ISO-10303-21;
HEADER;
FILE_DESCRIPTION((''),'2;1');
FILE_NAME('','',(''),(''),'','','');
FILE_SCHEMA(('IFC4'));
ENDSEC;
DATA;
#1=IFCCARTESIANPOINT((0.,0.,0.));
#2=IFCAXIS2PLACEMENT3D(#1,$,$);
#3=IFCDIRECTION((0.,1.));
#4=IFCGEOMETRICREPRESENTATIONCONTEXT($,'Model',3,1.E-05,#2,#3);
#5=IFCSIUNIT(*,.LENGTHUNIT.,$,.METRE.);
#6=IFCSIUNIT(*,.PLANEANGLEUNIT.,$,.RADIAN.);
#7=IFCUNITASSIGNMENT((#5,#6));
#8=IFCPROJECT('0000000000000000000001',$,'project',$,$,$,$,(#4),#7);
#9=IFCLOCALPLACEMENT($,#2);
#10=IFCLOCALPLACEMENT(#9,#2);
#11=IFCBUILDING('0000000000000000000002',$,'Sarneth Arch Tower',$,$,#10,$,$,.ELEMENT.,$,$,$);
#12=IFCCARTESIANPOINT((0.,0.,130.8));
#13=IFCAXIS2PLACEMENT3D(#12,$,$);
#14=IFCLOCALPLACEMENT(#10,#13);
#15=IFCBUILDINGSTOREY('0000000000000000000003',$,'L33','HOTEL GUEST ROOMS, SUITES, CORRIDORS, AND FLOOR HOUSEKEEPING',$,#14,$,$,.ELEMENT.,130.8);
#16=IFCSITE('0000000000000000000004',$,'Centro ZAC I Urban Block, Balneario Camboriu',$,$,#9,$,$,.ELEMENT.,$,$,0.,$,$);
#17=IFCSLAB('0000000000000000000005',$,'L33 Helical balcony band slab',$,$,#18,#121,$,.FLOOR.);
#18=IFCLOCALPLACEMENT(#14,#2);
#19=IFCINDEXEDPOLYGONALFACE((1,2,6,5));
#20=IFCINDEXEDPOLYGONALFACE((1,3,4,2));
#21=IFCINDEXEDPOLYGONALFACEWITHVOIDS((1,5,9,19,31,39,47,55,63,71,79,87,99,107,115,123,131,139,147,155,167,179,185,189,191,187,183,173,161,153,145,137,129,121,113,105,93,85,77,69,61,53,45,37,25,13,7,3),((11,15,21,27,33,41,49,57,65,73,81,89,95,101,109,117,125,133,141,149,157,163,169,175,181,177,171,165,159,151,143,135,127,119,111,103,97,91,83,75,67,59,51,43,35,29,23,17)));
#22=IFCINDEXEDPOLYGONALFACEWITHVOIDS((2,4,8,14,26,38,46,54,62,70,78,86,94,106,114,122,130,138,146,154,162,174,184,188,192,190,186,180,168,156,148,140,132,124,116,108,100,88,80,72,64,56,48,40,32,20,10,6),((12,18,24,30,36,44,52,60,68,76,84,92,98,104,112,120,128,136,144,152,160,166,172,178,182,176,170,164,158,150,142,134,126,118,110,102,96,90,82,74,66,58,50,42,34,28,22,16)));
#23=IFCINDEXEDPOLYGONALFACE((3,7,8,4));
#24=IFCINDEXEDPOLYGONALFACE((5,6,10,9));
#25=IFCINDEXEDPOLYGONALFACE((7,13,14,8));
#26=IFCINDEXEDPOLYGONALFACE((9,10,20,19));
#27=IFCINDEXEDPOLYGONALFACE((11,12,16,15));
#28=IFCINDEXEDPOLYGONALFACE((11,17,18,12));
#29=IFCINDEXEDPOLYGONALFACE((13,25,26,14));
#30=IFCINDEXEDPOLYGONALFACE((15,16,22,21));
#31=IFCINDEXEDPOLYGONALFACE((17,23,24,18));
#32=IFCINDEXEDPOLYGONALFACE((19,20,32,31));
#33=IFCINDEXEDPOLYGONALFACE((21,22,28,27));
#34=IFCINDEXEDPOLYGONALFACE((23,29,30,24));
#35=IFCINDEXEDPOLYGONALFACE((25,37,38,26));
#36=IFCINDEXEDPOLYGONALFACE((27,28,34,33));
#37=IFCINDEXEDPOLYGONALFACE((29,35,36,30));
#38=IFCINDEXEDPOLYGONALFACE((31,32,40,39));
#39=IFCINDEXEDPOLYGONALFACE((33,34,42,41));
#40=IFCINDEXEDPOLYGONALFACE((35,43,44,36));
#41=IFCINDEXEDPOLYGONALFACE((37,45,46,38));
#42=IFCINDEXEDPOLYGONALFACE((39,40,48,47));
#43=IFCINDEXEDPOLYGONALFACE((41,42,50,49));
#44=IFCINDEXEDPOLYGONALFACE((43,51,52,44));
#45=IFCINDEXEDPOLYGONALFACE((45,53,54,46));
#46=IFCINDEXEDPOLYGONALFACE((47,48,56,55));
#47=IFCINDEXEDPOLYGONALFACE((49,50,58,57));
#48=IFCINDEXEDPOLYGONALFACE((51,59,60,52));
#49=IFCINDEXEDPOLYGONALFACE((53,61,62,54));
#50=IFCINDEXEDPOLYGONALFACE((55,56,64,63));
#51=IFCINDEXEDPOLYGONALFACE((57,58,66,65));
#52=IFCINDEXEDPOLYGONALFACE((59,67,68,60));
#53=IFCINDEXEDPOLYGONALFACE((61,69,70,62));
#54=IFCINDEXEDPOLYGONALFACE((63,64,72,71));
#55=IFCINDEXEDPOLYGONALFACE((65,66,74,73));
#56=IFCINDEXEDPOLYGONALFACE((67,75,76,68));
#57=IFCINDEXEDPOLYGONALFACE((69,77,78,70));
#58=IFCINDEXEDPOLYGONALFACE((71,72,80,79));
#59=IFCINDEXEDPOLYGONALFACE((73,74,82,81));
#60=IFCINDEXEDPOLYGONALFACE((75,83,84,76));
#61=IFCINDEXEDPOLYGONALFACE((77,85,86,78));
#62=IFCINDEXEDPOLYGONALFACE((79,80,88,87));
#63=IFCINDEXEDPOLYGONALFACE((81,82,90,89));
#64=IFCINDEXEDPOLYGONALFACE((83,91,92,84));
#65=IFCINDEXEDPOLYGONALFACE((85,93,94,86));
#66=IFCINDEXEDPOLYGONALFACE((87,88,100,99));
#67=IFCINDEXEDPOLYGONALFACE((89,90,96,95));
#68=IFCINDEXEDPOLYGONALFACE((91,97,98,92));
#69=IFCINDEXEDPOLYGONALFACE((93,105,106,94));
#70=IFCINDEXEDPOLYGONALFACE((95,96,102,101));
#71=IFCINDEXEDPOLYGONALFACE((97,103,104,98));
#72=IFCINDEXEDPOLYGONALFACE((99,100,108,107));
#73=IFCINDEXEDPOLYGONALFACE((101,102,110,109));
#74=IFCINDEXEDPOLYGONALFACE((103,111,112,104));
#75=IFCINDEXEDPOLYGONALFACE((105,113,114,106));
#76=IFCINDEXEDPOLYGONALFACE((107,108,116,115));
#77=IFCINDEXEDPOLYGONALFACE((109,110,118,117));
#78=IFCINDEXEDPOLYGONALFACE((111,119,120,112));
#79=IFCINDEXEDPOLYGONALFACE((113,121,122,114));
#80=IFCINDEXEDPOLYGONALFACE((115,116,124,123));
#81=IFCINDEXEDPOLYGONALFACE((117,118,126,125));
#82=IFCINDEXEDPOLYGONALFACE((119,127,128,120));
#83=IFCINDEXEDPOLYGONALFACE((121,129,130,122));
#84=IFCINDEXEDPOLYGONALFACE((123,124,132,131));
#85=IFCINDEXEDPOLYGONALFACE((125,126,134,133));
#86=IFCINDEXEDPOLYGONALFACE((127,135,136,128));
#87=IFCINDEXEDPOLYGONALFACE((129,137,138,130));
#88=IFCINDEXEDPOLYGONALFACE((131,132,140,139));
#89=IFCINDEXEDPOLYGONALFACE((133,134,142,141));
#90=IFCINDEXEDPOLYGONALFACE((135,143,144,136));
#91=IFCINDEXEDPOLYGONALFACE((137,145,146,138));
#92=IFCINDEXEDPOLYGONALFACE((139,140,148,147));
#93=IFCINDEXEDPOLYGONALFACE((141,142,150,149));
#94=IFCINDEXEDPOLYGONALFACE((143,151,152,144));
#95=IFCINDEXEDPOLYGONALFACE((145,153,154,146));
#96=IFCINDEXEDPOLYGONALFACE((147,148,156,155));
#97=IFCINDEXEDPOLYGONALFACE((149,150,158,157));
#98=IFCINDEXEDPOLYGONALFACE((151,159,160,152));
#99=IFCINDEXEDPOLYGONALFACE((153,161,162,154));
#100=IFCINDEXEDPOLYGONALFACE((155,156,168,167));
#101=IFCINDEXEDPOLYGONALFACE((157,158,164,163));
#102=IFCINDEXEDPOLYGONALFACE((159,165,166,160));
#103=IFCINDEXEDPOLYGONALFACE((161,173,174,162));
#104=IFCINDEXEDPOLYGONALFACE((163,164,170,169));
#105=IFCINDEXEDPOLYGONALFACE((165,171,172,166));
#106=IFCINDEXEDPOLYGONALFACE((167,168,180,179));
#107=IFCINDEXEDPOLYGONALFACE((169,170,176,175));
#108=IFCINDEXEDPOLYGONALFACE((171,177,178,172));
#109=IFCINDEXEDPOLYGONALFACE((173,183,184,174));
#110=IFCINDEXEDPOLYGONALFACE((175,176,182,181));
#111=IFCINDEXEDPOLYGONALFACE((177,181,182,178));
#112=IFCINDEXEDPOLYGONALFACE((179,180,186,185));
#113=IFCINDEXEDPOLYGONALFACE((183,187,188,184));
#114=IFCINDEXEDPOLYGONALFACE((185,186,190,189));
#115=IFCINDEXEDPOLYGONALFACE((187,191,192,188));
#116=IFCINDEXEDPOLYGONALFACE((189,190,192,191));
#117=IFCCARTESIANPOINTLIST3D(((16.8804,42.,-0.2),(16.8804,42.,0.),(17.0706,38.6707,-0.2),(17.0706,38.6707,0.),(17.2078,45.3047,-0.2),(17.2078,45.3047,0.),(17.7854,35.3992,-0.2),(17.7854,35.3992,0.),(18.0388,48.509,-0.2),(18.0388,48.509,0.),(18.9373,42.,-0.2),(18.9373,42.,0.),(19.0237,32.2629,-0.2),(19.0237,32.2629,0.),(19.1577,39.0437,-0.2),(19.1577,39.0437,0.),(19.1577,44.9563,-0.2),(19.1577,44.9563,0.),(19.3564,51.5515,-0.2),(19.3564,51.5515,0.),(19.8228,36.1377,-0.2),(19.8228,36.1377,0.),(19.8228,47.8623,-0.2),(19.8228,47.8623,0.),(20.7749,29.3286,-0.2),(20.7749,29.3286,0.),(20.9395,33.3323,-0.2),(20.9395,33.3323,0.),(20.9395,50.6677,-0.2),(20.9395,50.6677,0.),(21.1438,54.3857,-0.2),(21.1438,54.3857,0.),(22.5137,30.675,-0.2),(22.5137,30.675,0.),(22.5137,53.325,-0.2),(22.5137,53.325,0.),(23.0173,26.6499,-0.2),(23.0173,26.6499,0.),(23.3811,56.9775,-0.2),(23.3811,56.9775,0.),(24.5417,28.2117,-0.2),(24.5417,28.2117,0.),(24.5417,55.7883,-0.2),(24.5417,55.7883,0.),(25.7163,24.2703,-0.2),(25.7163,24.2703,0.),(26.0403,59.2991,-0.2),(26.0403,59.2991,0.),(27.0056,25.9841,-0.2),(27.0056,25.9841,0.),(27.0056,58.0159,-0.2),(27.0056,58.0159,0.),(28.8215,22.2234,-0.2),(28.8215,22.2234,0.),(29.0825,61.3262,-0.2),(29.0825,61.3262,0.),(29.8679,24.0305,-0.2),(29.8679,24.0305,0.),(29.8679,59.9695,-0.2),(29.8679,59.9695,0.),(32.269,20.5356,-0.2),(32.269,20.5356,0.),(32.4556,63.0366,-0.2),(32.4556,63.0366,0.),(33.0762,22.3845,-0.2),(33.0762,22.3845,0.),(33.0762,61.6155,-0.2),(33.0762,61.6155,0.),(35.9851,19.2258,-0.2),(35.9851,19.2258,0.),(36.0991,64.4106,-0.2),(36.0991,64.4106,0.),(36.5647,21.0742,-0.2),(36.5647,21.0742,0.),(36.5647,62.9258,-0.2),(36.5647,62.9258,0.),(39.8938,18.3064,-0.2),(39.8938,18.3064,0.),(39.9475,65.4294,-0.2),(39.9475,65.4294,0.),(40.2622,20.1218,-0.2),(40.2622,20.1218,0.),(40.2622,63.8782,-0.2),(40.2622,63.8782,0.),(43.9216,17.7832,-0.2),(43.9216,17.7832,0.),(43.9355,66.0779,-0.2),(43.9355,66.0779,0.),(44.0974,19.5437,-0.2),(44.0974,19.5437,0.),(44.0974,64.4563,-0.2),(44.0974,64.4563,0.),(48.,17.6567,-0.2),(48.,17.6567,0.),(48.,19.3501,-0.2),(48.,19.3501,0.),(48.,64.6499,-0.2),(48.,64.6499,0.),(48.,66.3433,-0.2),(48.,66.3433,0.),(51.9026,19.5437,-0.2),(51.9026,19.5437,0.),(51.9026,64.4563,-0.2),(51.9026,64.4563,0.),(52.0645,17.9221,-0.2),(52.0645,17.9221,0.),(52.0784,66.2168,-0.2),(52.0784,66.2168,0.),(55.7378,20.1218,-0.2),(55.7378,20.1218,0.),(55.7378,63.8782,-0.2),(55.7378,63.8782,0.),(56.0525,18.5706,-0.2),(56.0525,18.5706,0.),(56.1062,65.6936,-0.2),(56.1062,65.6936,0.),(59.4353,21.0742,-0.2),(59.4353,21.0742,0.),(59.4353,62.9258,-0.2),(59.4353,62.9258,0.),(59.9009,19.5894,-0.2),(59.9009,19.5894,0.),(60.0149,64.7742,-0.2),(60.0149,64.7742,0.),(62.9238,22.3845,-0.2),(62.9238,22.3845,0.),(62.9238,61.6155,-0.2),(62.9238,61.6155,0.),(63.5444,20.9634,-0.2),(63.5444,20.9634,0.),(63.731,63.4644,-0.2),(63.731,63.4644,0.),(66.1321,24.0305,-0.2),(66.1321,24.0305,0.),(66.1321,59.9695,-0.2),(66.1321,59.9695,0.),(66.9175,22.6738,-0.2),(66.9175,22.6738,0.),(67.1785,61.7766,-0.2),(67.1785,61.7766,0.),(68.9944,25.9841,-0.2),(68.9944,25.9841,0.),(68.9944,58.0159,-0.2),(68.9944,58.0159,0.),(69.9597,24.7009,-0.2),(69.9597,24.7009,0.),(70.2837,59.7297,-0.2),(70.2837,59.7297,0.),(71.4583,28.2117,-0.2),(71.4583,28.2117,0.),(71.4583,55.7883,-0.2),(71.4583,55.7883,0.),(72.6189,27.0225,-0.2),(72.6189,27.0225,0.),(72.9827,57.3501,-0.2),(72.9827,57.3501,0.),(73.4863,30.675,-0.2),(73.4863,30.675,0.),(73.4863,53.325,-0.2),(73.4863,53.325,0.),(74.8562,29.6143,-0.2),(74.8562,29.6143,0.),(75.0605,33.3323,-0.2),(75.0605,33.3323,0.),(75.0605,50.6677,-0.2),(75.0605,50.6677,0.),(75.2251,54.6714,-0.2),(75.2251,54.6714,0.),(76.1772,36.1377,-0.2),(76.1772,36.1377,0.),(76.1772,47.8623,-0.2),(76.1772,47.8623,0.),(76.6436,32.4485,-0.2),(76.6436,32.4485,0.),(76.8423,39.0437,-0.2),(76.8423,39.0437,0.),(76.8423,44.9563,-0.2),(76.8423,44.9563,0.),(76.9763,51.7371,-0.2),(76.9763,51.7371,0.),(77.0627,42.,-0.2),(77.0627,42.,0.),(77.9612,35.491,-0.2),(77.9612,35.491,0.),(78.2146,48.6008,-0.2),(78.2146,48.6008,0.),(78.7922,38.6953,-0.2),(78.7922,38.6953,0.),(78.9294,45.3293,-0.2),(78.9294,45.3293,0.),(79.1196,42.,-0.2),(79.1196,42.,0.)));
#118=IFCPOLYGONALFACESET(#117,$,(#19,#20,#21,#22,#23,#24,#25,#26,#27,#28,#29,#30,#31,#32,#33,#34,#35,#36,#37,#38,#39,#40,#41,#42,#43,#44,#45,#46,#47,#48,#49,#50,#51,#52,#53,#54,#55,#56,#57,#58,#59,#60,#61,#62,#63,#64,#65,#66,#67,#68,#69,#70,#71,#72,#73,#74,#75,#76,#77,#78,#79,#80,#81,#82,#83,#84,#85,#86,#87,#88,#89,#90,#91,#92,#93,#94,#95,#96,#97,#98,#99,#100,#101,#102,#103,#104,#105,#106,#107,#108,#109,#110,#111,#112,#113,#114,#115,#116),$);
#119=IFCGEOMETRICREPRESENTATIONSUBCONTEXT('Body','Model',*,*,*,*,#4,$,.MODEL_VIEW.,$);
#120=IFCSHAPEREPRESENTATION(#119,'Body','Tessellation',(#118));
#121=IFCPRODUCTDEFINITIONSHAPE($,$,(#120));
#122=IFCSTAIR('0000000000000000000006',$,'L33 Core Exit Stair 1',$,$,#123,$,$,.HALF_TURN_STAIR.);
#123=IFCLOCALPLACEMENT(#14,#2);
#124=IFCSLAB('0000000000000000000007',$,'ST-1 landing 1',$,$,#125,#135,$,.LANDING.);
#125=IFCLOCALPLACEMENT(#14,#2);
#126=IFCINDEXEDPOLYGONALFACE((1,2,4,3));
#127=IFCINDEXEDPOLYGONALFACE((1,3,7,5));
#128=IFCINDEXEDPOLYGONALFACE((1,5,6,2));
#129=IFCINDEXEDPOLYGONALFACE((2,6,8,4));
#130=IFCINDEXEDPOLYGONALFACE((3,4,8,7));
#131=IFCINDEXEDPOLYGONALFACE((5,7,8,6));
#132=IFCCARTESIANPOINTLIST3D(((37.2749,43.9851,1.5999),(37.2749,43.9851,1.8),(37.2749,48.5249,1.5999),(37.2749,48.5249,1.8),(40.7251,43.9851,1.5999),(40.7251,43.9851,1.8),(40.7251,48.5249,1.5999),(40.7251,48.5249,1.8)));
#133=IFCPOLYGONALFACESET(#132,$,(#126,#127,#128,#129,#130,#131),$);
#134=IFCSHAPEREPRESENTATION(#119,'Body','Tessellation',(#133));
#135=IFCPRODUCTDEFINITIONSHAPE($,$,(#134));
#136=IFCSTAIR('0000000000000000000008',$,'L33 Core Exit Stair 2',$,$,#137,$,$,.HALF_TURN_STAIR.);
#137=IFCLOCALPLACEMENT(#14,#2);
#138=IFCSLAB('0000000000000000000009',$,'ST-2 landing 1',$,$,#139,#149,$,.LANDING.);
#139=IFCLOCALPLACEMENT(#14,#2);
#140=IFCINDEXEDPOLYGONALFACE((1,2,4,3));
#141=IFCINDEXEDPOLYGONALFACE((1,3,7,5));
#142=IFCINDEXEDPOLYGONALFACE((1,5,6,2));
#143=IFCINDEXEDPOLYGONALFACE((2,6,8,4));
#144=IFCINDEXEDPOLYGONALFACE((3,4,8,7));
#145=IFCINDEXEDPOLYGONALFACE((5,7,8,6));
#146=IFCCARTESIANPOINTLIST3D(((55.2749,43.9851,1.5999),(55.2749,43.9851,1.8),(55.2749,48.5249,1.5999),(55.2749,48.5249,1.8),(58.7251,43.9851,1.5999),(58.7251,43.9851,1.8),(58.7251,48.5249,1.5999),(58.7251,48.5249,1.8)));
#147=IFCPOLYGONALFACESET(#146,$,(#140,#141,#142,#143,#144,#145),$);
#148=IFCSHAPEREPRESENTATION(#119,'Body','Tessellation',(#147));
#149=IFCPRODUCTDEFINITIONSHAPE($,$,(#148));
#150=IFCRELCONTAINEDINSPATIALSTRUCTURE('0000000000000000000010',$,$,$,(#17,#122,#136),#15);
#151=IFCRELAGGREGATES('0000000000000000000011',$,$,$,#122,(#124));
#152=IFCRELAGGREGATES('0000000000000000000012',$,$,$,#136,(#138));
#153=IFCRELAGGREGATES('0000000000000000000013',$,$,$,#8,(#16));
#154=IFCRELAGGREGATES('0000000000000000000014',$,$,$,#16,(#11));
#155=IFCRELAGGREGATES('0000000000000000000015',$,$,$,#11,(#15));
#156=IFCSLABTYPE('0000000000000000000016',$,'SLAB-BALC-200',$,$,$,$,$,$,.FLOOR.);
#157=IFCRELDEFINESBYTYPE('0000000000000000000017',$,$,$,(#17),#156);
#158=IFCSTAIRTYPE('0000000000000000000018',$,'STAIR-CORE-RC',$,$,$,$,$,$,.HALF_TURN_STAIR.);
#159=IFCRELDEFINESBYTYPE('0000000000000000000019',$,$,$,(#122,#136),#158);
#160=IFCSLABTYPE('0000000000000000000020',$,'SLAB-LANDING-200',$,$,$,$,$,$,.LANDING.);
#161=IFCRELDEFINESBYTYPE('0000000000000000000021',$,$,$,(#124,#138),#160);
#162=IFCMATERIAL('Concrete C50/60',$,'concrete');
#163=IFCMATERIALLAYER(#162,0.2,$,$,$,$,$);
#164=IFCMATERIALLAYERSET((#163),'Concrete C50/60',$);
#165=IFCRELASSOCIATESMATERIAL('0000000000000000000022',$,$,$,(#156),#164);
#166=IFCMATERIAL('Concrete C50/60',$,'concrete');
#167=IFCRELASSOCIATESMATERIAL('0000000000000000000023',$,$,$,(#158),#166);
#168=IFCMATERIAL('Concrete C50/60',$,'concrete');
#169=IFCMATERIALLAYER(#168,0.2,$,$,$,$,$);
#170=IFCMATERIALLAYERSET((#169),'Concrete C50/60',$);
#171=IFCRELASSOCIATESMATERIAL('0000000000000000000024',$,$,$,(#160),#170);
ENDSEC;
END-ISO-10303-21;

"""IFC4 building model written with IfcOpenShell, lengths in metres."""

from ifc_helpers import new_model, si_unit, direction, frame, origin, place, context, subcontext, project, spatial, polyline, outline, extrude, material, layer, layer_set, type_object, element, aggregate, save


model = new_model("IFC4")

# Units and contexts
model_context = context("Model", 3, precision=1e-05, world=origin(), true_north=direction((0.0, 1.0)))
body_context = subcontext(model_context, "Body", "Model", "MODEL_VIEW")
ifc_project = project(units=[si_unit("LENGTHUNIT", "METRE"), si_unit("PLANEANGLEUNIT", "RADIAN")], contexts=[model_context])

# Site, building, storey
site_placement = place(None, origin())
site = spatial("IfcSite", under=ifc_project, at=site_placement, Name="Centro ZAC I Urban Block, Balneario Camboriu", CompositionType="ELEMENT", RefElevation=0.0)
building_placement = place(site_placement, origin())
building = spatial("IfcBuilding", under=site, at=building_placement, Name="Sarneth Arch Tower", CompositionType="ELEMENT")
storey_placement = place(building_placement, frame((0.0, 0.0, 130.8)))
storey = spatial("IfcBuildingStorey", under=building, at=storey_placement, Name="L33", Description="HOTEL GUEST ROOMS, SUITES, CORRIDORS, AND FLOOR HOUSEKEEPING", CompositionType="ELEMENT", Elevation=130.8)

# Slab
ifc_material_1 = material(Name="Concrete C50/60", Category="concrete")
ifc_layer_1 = layer(ifc_material_1, 0.2)
ifc_layer_set_1 = layer_set([ifc_layer_1], Name="Concrete C50/60")
slab_type_1 = type_object("IfcSlabType", Name="SLAB-BALC-200", PredefinedType="FLOOR", material=ifc_layer_set_1)
slab_1_placement = place(storey_placement, frame((0.0, 0.0, -0.2)))
element("IfcSlab", 1, at=slab_1_placement, inside=storey, type_object=slab_type_1, Name="L33 Helical balcony band slab", PredefinedType="FLOOR", context=body_context, shape_type="SweptSolid", body=[
    extrude(outline(polyline([(79.1196, 42.0), (78.9294, 45.3293), (78.2146, 48.6008), (76.9763, 51.7371), (75.2251, 54.6714), (72.9827, 57.3501), (70.2837, 59.7297), (67.1785, 61.7766), (63.731, 63.4644), (60.0149, 64.7742), (56.1062, 65.6936), (52.0784, 66.2168), (48.0, 66.3433), (43.9355, 66.0779), (39.9475, 65.4294), (36.0991, 64.4106), (32.4556, 63.0366), (29.0825, 61.3262), (26.0403, 59.2991), (23.3811, 56.9775), (21.1438, 54.3857), (19.3564, 51.5515), (18.0388, 48.509), (17.2078, 45.3047), (16.8804, 42.0), (17.0706, 38.6707), (17.7854, 35.3992), (19.0237, 32.2629), (20.7749, 29.3286), (23.0173, 26.6499), (25.7163, 24.2703), (28.8215, 22.2234), (32.269, 20.5356), (35.9851, 19.2258), (39.8938, 18.3064), (43.9216, 17.7832), (48.0, 17.6567), (52.0645, 17.9221), (56.0525, 18.5706), (59.9009, 19.5894), (63.5444, 20.9634), (66.9175, 22.6738), (69.9597, 24.7009), (72.6189, 27.0225), (74.8562, 29.6143), (76.6436, 32.4485), (77.9612, 35.491), (78.7922, 38.6953), (79.1196, 42.0)]), holes=[polyline([(77.0627, 42.0), (76.8423, 44.9563), (76.1772, 47.8623), (75.0605, 50.6677), (73.4863, 53.325), (71.4583, 55.7883), (68.9944, 58.0159), (66.1321, 59.9695), (62.9238, 61.6155), (59.4353, 62.9258), (55.7378, 63.8782), (51.9026, 64.4563), (48.0, 64.6499), (44.0974, 64.4563), (40.2622, 63.8782), (36.5647, 62.9258), (33.0762, 61.6155), (29.8679, 59.9695), (27.0056, 58.0159), (24.5417, 55.7883), (22.5137, 53.325), (20.9395, 50.6677), (19.8228, 47.8623), (19.1577, 44.9563), (18.9373, 42.0), (19.1577, 39.0437), (19.8228, 36.1377), (20.9395, 33.3323), (22.5137, 30.675), (24.5417, 28.2117), (27.0056, 25.9841), (29.8679, 24.0305), (33.0762, 22.3845), (36.5647, 21.0742), (40.2622, 20.1218), (44.0974, 19.5437), (48.0, 19.3501), (51.9026, 19.5437), (55.7378, 20.1218), (59.4353, 21.0742), (62.9238, 22.3845), (66.1321, 24.0305), (68.9944, 25.9841), (71.4583, 28.2117), (73.4863, 30.675), (75.0605, 33.3323), (76.1772, 36.1377), (76.8423, 39.0437), (77.0627, 42.0)])]), origin(), (0.0, 0.0, 1.0), 0.2),
])

# Stairs, slabs
ifc_material_2 = material(Name="Concrete C50/60", Category="concrete")
stair_type = type_object("IfcStairType", Name="STAIR-CORE-RC", PredefinedType="HALF_TURN_STAIR", material=ifc_material_2)
stair_1_placement = place(storey_placement, origin())
stair_1 = element("IfcStair", 2, at=stair_1_placement, inside=storey, type_object=stair_type, Name="L33 Core Exit Stair 1", PredefinedType="HALF_TURN_STAIR")
ifc_material_3 = material(Name="Concrete C50/60", Category="concrete")
ifc_layer_2 = layer(ifc_material_3, 0.2)
ifc_layer_set_2 = layer_set([ifc_layer_2], Name="Concrete C50/60")
slab_type_2 = type_object("IfcSlabType", Name="SLAB-LANDING-200", PredefinedType="LANDING", material=ifc_layer_set_2)
slab_2_placement = place(storey_placement, frame((0.0, 0.0, 1.5999)))
slab_2 = element("IfcSlab", 3, at=slab_2_placement, type_object=slab_type_2, Name="ST-1 landing 1", PredefinedType="LANDING", context=body_context, shape_type="SweptSolid", body=[
    extrude(outline(polyline([(37.2749, 43.9851), (40.7251, 43.9851), (40.7251, 48.5249), (37.2749, 48.5249), (37.2749, 43.9851)])), origin(), (0.0, 0.0, 1.0), 0.2002),
])
aggregate(stair_1, [slab_2])
stair_2_placement = place(storey_placement, origin())
stair_2 = element("IfcStair", 4, at=stair_2_placement, inside=storey, type_object=stair_type, Name="L33 Core Exit Stair 2", PredefinedType="HALF_TURN_STAIR")
slab_3_placement = place(storey_placement, frame((0.0, 0.0, 1.5999)))
slab_3 = element("IfcSlab", 5, at=slab_3_placement, type_object=slab_type_2, Name="ST-2 landing 1", PredefinedType="LANDING", context=body_context, shape_type="SweptSolid", body=[
    extrude(outline(polyline([(55.2749, 43.9851), (58.7251, 43.9851), (58.7251, 48.5249), (55.2749, 48.5249), (55.2749, 43.9851)])), origin(), (0.0, 0.0, 1.0), 0.2002),
])
aggregate(stair_2, [slab_3])

save(model, "model.ifc")
